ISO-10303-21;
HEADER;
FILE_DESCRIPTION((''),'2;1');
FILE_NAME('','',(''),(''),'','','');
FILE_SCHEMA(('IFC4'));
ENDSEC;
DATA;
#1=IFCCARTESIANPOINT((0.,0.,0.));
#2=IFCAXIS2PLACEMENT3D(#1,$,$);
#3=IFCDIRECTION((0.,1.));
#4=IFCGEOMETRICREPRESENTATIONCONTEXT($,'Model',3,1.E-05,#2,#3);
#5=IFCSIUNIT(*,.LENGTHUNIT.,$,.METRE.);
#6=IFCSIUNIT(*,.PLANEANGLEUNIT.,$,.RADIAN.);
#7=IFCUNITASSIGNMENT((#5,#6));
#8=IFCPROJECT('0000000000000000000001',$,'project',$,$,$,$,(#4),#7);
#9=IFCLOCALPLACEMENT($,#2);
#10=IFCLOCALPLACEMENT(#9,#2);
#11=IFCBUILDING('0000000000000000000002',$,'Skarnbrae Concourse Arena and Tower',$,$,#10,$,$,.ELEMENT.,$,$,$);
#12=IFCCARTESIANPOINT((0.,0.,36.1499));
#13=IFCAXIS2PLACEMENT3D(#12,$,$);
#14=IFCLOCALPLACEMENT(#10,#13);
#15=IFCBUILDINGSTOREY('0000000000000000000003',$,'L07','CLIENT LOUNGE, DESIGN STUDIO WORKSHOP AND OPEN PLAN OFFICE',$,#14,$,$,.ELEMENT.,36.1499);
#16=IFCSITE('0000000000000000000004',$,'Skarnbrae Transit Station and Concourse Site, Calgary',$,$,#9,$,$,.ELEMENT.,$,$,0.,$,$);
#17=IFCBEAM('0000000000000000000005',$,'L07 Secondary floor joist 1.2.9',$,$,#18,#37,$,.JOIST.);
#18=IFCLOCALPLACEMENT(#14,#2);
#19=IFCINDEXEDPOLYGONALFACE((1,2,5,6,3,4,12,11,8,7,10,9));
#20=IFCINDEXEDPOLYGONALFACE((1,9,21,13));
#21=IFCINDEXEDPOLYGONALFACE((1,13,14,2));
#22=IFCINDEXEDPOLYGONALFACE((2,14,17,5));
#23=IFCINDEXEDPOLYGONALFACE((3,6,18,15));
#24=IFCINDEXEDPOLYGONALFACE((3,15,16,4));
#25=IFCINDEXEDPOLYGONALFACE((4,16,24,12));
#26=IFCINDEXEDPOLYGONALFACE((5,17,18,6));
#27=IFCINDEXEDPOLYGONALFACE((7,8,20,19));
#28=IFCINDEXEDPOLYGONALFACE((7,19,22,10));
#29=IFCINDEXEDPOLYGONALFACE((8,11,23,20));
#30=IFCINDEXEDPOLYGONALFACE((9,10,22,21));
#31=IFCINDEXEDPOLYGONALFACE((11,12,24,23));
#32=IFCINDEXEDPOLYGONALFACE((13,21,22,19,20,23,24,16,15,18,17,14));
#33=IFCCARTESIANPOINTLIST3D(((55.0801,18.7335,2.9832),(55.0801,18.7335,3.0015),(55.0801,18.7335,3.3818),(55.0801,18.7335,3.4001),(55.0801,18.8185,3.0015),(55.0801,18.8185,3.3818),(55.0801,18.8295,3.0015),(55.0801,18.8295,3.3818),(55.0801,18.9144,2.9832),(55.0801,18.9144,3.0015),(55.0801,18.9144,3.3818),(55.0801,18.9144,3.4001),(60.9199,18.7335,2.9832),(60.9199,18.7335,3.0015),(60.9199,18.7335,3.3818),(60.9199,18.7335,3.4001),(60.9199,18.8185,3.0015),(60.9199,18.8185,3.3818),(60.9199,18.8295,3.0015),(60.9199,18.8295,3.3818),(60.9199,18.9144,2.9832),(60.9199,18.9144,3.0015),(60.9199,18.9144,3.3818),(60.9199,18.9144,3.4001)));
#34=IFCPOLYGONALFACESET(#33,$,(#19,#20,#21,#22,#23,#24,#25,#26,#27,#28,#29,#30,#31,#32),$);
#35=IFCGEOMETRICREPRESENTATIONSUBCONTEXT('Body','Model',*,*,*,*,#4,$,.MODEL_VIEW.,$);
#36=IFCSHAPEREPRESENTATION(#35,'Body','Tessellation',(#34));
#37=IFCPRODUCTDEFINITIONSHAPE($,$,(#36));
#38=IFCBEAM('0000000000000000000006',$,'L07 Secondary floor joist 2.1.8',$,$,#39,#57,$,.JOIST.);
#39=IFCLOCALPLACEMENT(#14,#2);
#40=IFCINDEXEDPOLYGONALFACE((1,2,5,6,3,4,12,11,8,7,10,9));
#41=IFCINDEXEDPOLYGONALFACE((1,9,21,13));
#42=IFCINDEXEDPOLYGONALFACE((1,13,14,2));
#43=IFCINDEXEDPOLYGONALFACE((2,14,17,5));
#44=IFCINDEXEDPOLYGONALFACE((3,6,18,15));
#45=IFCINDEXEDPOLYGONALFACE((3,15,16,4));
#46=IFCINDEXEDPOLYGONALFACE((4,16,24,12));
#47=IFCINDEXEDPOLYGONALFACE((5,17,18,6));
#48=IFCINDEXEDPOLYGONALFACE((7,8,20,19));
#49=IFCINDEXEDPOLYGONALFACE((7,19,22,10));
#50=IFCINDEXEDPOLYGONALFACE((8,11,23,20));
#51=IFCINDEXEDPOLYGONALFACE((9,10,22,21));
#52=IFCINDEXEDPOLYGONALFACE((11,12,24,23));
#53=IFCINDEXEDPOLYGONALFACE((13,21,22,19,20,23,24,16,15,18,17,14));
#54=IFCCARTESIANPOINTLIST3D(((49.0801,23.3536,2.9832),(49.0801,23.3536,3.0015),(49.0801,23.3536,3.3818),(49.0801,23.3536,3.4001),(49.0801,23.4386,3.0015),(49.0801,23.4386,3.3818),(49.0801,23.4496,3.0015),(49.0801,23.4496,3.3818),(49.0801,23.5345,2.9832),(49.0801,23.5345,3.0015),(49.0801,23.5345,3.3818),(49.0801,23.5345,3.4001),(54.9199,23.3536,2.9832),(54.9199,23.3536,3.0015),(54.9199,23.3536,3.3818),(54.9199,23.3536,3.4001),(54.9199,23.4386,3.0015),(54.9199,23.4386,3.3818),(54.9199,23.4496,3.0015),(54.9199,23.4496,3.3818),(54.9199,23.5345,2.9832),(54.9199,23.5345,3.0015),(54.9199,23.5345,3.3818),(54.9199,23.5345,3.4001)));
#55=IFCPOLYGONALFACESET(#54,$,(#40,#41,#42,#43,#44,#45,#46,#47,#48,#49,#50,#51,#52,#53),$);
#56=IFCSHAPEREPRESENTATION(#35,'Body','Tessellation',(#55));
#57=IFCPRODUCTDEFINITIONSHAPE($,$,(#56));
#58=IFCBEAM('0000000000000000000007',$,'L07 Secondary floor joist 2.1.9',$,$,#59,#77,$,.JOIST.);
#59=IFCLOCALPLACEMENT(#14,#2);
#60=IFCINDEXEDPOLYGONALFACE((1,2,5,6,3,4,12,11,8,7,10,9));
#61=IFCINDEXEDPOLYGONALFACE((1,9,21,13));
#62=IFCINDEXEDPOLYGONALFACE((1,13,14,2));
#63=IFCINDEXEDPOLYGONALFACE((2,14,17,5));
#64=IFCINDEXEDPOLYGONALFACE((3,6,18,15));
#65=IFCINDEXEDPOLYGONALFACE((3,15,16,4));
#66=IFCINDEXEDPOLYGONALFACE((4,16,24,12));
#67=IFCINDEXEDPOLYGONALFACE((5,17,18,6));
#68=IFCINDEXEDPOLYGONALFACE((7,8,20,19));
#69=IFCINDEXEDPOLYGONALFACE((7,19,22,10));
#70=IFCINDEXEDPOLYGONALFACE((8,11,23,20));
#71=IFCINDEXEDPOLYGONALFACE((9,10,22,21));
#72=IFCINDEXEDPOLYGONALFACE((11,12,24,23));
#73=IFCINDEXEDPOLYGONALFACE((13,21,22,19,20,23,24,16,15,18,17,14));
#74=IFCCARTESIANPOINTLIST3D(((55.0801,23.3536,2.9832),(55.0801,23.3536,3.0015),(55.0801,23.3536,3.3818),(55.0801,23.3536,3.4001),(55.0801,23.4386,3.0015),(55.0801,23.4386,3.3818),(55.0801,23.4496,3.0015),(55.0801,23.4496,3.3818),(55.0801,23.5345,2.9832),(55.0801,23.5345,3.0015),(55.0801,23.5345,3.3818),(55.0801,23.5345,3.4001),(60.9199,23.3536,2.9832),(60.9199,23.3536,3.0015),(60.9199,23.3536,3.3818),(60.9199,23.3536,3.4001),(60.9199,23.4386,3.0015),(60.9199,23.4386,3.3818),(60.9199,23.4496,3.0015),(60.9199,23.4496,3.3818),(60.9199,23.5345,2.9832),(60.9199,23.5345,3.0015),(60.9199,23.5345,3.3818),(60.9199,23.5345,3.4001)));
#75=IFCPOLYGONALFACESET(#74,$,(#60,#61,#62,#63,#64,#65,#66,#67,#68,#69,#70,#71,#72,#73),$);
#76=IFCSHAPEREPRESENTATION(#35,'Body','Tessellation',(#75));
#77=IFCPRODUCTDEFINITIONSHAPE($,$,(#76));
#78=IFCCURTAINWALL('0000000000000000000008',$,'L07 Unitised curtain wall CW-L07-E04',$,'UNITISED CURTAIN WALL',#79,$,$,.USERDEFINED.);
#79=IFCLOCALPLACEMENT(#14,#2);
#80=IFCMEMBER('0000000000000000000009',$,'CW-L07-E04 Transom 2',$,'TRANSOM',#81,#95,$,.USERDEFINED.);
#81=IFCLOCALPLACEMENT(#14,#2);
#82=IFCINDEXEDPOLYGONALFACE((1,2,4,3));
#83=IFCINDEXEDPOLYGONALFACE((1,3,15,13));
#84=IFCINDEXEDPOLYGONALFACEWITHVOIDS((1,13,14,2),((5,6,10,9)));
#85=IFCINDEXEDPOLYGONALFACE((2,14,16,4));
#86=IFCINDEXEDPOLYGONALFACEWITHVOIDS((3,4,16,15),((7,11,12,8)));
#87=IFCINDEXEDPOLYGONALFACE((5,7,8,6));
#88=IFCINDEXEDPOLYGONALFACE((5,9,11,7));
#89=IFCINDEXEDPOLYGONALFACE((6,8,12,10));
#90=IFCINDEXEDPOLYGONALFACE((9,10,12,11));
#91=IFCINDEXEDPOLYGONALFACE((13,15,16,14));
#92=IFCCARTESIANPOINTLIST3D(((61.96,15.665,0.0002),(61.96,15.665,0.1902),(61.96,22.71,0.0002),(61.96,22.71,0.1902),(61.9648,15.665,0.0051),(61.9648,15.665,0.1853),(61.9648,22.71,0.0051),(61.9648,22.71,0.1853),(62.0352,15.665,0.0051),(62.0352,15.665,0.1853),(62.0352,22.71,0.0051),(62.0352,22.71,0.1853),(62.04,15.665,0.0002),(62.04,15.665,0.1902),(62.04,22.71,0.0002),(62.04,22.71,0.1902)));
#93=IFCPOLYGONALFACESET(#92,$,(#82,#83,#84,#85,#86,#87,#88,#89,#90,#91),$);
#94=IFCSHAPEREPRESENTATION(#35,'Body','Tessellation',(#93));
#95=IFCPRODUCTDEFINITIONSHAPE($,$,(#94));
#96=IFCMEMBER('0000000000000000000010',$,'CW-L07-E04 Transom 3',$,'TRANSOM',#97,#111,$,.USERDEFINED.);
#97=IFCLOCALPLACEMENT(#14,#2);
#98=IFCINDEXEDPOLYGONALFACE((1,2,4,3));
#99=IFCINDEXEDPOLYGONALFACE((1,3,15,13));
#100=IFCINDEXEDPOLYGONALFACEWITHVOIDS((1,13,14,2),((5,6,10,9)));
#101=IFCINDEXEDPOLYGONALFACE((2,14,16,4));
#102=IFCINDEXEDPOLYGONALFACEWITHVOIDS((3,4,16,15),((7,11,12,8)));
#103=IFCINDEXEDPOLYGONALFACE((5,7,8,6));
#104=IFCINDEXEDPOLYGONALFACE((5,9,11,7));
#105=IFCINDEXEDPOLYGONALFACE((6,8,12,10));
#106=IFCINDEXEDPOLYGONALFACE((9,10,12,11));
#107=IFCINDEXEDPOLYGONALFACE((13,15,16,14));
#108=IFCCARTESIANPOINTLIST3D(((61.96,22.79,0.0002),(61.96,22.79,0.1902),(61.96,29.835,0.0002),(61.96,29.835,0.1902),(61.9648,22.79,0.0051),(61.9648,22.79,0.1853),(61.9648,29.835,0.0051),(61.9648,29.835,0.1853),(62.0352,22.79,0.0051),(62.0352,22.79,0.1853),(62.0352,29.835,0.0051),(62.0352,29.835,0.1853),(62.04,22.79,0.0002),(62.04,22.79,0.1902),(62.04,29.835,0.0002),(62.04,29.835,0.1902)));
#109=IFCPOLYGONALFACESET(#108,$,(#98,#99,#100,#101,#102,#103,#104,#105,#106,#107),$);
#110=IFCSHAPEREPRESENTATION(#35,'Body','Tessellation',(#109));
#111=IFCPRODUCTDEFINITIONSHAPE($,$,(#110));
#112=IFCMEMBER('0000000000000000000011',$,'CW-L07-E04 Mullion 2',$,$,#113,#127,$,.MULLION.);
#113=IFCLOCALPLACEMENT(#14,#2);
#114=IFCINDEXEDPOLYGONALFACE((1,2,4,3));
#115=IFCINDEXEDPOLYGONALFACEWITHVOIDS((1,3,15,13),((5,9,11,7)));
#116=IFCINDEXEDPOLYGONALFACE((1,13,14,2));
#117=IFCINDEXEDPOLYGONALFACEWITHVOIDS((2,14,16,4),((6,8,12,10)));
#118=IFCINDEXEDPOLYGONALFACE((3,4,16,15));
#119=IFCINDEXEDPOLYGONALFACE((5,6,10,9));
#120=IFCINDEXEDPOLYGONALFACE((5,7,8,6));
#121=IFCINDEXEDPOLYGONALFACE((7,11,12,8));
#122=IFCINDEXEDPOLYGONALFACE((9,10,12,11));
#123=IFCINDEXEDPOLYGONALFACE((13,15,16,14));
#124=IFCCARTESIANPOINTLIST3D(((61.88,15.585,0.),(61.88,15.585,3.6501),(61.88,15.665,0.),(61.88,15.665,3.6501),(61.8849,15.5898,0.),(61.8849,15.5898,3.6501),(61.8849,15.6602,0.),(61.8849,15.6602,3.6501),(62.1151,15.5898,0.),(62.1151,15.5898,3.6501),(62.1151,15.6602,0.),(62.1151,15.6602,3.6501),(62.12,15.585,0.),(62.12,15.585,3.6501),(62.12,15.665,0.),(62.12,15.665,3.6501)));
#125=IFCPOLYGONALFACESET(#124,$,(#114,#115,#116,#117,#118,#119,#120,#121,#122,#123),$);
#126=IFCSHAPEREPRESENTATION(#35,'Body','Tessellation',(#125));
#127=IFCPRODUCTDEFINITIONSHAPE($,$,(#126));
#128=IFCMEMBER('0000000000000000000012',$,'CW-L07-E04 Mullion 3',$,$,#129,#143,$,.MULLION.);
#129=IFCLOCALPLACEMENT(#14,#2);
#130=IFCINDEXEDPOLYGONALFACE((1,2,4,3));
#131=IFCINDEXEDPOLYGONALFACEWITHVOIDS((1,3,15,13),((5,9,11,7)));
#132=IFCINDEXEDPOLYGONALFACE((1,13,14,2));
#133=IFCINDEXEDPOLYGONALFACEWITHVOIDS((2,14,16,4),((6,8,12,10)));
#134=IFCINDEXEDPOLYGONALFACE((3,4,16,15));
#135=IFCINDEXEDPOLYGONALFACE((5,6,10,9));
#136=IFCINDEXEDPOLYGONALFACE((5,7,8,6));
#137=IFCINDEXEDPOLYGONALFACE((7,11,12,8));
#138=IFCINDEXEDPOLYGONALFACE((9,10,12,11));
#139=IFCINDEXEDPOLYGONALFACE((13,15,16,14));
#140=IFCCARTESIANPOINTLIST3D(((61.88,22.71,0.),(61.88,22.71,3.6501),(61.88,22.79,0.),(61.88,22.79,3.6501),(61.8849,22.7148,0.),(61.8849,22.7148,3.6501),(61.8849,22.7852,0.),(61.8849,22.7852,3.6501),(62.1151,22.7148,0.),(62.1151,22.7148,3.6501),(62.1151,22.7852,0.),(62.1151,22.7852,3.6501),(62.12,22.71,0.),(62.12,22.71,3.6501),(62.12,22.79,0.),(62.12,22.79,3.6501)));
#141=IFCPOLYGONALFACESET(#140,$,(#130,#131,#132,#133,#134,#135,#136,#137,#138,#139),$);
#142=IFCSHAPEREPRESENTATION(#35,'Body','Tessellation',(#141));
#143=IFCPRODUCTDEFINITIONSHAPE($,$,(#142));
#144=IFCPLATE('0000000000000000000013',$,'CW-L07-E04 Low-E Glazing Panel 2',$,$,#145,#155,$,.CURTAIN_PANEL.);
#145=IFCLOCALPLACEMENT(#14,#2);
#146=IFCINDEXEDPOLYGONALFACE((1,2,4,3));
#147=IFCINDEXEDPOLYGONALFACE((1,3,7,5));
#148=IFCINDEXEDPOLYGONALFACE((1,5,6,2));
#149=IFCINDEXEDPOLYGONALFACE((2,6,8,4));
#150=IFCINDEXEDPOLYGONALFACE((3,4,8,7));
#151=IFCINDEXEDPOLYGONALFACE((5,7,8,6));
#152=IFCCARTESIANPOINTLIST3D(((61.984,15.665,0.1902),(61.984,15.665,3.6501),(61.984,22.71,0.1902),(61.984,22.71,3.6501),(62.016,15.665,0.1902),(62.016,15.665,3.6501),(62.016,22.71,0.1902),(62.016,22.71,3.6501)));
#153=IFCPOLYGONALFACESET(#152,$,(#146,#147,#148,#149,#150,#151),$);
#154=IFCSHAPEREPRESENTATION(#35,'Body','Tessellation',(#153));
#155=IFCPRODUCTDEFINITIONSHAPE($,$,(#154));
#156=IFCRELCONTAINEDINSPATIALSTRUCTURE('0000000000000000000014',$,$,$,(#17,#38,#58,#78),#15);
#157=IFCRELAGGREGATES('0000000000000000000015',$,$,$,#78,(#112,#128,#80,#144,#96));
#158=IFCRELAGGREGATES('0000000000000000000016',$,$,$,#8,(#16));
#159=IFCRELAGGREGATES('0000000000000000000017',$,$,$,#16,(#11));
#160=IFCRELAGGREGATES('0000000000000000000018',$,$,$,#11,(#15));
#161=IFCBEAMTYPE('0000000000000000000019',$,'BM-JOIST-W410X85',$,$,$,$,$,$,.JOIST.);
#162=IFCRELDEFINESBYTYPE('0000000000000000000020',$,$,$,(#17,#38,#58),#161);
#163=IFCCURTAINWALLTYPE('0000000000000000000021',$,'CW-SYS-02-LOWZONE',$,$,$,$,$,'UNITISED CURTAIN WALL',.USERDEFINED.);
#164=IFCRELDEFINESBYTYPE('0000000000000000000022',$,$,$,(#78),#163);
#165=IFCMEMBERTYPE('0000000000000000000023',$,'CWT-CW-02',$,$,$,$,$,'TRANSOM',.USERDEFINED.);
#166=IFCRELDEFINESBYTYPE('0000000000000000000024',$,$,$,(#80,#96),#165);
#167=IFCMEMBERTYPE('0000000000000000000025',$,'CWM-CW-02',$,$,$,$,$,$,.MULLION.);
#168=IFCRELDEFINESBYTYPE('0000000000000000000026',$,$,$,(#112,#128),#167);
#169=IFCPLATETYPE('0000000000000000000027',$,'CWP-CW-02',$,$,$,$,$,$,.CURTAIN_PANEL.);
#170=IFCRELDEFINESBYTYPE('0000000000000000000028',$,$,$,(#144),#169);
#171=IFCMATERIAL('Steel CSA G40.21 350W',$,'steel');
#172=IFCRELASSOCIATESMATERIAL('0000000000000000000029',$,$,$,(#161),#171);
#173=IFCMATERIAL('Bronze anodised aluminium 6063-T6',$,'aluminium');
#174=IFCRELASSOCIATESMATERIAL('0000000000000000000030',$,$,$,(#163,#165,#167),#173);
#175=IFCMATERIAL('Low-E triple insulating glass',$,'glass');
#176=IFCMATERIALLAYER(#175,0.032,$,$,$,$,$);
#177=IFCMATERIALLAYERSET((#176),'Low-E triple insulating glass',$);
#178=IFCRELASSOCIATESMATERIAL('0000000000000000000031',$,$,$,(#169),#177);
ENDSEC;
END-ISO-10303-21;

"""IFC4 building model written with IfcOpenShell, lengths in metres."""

from ifc_helpers import new_model, si_unit, direction, frame, origin, origin_2d, place, context, subcontext, project, spatial, rectangle, hollow_rectangle, i_section, extrude, source, transform, mapped, material, layer, layer_set, material_profile, profile_set, type_object, element, aggregate, save


model = new_model("IFC4")

# Units and contexts
model_context = context("Model", 3, precision=1e-05, world=origin(), true_north=direction((0.0, 1.0)))
body_context = subcontext(model_context, "Body", "Model", "MODEL_VIEW")
ifc_project = project(units=[si_unit("LENGTHUNIT", "METRE"), si_unit("PLANEANGLEUNIT", "RADIAN")], contexts=[model_context])

# Site, building, storey
site_placement = place(None, origin())
site = spatial("IfcSite", under=ifc_project, at=site_placement, Name="Skarnbrae Transit Station and Concourse Site, Calgary", CompositionType="ELEMENT", RefElevation=0.0)
building_placement = place(site_placement, origin())
building = spatial("IfcBuilding", under=site, at=building_placement, Name="Skarnbrae Concourse Arena and Tower", CompositionType="ELEMENT")
storey_placement = place(building_placement, frame((0.0, 0.0, 36.1499)))
storey = spatial("IfcBuildingStorey", under=building, at=storey_placement, Name="L07", Description="CLIENT LOUNGE, DESIGN STUDIO WORKSHOP AND OPEN PLAN OFFICE", CompositionType="ELEMENT", Elevation=36.1499)

# Shared definitions
ifc_material_1 = material(Name="Steel CSA G40.21 350W", Category="steel")

# Beams
ifc_material_profile_1 = material_profile(ifc_material_1, i_section(OverallWidth=0.1809, OverallDepth=0.417, WebThickness=0.011, FlangeThickness=0.0183, at=origin_2d()), Name="W410X85")
ifc_profile_set_1 = profile_set([ifc_material_profile_1], Name="Steel CSA G40.21 350W")
beam_type_1 = type_object("IfcBeamType", Name="BM-JOIST-W410X85", PredefinedType="JOIST", material=ifc_profile_set_1)
shared_shape_1 = source(origin(), body_context, "Body", "SweptSolid", [
    extrude(i_section(OverallWidth=0.1809, OverallDepth=0.417, WebThickness=0.011, FlangeThickness=0.0183, at=origin_2d()), origin(), (0.0, 0.0, 1.0), 5.8398),
])
for number, where, z_axis, x_axis, name in (
    (1, (55.0801, 18.824, 3.1917), (1.0, 0.0, 0.0), (0.0, 1.0, 0.0), "L07 Secondary floor joist 1.2.9"),
    (2, (49.0801, 23.4441, 3.1917), (1.0, 0.0, 0.0), (0.0, 1.0, 0.0), "L07 Secondary floor joist 2.1.8"),
    (3, (55.0801, 23.4441, 3.1917), (1.0, 0.0, 0.0), (0.0, 1.0, 0.0), "L07 Secondary floor joist 2.1.9"),
):
    element("IfcBeam", number, at=place(storey_placement, frame(where, z_axis=z_axis, x_axis=x_axis)), inside=storey, type_object=beam_type_1, Name=name, PredefinedType="JOIST", context=body_context, shape_type="MappedRepresentation", body=[
        mapped(shared_shape_1, transform((0.0, 0.0, 0.0))),
    ])

# Curtain wall, members, plate
ifc_material_2 = material(Name="Bronze anodised aluminium 6063-T6", Category="aluminium")
curtain_wall_type = type_object("IfcCurtainWallType", Name="CW-SYS-02-LOWZONE", ElementType="UNITISED CURTAIN WALL", PredefinedType="USERDEFINED", material=ifc_material_2)
curtain_wall_placement = place(storey_placement, origin())
curtain_wall = element("IfcCurtainWall", 4, at=curtain_wall_placement, inside=storey, type_object=curtain_wall_type, Name="L07 Unitised curtain wall CW-L07-E04", ObjectType="UNITISED CURTAIN WALL", PredefinedType="USERDEFINED")
ifc_material_profile_2 = material_profile(ifc_material_2, hollow_rectangle(XDim=0.0801, YDim=0.1899, WallThickness=0.0049, at=origin_2d()), Name="ALU-TRAN-80X190")
ifc_profile_set_2 = profile_set([ifc_material_profile_2], Name="Bronze anodised aluminium 6063-T6")
member_type_1 = type_object("IfcMemberType", Name="CWT-CW-02", ElementType="TRANSOM", PredefinedType="USERDEFINED", material=ifc_profile_set_2)
shared_shape_2 = source(origin(), body_context, "Body", "SweptSolid", [
    extrude(hollow_rectangle(XDim=0.0801, YDim=0.1899, WallThickness=0.0049, at=origin_2d()), origin(), (0.0, 0.0, 1.0), 7.0449),
])
member_1_placement = place(storey_placement, frame((62.0, 15.665, 0.0952), z_axis=(0.0, 1.0, 0.0), x_axis=(-1.0, 0.0, 0.0)))
member_1 = element("IfcMember", 5, at=member_1_placement, type_object=member_type_1, Name="CW-L07-E04 Transom 2", ObjectType="TRANSOM", PredefinedType="USERDEFINED", context=body_context, shape_type="MappedRepresentation", body=[
    mapped(shared_shape_2, transform((0.0, 0.0, 0.0))),
])
member_2_placement = place(storey_placement, frame((62.0, 22.79, 0.0952), z_axis=(0.0, 1.0, 0.0), x_axis=(-1.0, 0.0, 0.0)))
member_2 = element("IfcMember", 6, at=member_2_placement, type_object=member_type_1, Name="CW-L07-E04 Transom 3", ObjectType="TRANSOM", PredefinedType="USERDEFINED", context=body_context, shape_type="MappedRepresentation", body=[
    mapped(shared_shape_2, transform((0.0, 0.0, 0.0))),
])
ifc_material_profile_3 = material_profile(ifc_material_2, hollow_rectangle(XDim=0.0801, YDim=0.24, WallThickness=0.0049, at=origin_2d()), Name="ALU-MULL-80X240")
ifc_profile_set_3 = profile_set([ifc_material_profile_3], Name="Bronze anodised aluminium 6063-T6")
member_type_2 = type_object("IfcMemberType", Name="CWM-CW-02", PredefinedType="MULLION", material=ifc_profile_set_3)
shared_shape_3 = source(origin(), body_context, "Body", "SweptSolid", [
    extrude(hollow_rectangle(XDim=0.0801, YDim=0.24, WallThickness=0.0049, at=origin_2d()), origin(), (0.0, 0.0, 1.0), 3.6501),
])
member_3_placement = place(storey_placement, frame((62.0, 15.625, 0.0), z_axis=(0.0, 0.0, 1.0), x_axis=(0.0, 1.0, 0.0)))
member_3 = element("IfcMember", 7, at=member_3_placement, type_object=member_type_2, Name="CW-L07-E04 Mullion 2", PredefinedType="MULLION", context=body_context, shape_type="MappedRepresentation", body=[
    mapped(shared_shape_3, transform((0.0, 0.0, 0.0))),
])
member_4_placement = place(storey_placement, frame((62.0, 22.75, 0.0), z_axis=(0.0, 0.0, 1.0), x_axis=(0.0, 1.0, 0.0)))
member_4 = element("IfcMember", 8, at=member_4_placement, type_object=member_type_2, Name="CW-L07-E04 Mullion 3", PredefinedType="MULLION", context=body_context, shape_type="MappedRepresentation", body=[
    mapped(shared_shape_3, transform((0.0, 0.0, 0.0))),
])
ifc_material_3 = material(Name="Low-E triple insulating glass", Category="glass")
ifc_layer = layer(ifc_material_3, 0.032)
ifc_layer_set = layer_set([ifc_layer], Name="Low-E triple insulating glass")
plate_type = type_object("IfcPlateType", Name="CWP-CW-02", PredefinedType="CURTAIN_PANEL", material=ifc_layer_set)
shared_shape_4 = source(origin(), body_context, "Body", "SweptSolid", [
    extrude(rectangle(XDim=7.0449, YDim=0.032, at=origin_2d()), origin(), (0.0, 0.0, 1.0), 3.46),
])
plate_placement = place(storey_placement, frame((62.0, 19.1875, 0.1902), z_axis=(0.0, 0.0, 1.0), x_axis=(0.0, 1.0, 0.0)))
plate = element("IfcPlate", 9, at=plate_placement, type_object=plate_type, Name="CW-L07-E04 Low-E Glazing Panel 2", PredefinedType="CURTAIN_PANEL", context=body_context, shape_type="MappedRepresentation", body=[
    mapped(shared_shape_4, transform((0.0, 0.0, 0.0))),
])
aggregate(curtain_wall, [member_3, member_4, member_1, plate, member_2])

save(model, "model.ifc")
